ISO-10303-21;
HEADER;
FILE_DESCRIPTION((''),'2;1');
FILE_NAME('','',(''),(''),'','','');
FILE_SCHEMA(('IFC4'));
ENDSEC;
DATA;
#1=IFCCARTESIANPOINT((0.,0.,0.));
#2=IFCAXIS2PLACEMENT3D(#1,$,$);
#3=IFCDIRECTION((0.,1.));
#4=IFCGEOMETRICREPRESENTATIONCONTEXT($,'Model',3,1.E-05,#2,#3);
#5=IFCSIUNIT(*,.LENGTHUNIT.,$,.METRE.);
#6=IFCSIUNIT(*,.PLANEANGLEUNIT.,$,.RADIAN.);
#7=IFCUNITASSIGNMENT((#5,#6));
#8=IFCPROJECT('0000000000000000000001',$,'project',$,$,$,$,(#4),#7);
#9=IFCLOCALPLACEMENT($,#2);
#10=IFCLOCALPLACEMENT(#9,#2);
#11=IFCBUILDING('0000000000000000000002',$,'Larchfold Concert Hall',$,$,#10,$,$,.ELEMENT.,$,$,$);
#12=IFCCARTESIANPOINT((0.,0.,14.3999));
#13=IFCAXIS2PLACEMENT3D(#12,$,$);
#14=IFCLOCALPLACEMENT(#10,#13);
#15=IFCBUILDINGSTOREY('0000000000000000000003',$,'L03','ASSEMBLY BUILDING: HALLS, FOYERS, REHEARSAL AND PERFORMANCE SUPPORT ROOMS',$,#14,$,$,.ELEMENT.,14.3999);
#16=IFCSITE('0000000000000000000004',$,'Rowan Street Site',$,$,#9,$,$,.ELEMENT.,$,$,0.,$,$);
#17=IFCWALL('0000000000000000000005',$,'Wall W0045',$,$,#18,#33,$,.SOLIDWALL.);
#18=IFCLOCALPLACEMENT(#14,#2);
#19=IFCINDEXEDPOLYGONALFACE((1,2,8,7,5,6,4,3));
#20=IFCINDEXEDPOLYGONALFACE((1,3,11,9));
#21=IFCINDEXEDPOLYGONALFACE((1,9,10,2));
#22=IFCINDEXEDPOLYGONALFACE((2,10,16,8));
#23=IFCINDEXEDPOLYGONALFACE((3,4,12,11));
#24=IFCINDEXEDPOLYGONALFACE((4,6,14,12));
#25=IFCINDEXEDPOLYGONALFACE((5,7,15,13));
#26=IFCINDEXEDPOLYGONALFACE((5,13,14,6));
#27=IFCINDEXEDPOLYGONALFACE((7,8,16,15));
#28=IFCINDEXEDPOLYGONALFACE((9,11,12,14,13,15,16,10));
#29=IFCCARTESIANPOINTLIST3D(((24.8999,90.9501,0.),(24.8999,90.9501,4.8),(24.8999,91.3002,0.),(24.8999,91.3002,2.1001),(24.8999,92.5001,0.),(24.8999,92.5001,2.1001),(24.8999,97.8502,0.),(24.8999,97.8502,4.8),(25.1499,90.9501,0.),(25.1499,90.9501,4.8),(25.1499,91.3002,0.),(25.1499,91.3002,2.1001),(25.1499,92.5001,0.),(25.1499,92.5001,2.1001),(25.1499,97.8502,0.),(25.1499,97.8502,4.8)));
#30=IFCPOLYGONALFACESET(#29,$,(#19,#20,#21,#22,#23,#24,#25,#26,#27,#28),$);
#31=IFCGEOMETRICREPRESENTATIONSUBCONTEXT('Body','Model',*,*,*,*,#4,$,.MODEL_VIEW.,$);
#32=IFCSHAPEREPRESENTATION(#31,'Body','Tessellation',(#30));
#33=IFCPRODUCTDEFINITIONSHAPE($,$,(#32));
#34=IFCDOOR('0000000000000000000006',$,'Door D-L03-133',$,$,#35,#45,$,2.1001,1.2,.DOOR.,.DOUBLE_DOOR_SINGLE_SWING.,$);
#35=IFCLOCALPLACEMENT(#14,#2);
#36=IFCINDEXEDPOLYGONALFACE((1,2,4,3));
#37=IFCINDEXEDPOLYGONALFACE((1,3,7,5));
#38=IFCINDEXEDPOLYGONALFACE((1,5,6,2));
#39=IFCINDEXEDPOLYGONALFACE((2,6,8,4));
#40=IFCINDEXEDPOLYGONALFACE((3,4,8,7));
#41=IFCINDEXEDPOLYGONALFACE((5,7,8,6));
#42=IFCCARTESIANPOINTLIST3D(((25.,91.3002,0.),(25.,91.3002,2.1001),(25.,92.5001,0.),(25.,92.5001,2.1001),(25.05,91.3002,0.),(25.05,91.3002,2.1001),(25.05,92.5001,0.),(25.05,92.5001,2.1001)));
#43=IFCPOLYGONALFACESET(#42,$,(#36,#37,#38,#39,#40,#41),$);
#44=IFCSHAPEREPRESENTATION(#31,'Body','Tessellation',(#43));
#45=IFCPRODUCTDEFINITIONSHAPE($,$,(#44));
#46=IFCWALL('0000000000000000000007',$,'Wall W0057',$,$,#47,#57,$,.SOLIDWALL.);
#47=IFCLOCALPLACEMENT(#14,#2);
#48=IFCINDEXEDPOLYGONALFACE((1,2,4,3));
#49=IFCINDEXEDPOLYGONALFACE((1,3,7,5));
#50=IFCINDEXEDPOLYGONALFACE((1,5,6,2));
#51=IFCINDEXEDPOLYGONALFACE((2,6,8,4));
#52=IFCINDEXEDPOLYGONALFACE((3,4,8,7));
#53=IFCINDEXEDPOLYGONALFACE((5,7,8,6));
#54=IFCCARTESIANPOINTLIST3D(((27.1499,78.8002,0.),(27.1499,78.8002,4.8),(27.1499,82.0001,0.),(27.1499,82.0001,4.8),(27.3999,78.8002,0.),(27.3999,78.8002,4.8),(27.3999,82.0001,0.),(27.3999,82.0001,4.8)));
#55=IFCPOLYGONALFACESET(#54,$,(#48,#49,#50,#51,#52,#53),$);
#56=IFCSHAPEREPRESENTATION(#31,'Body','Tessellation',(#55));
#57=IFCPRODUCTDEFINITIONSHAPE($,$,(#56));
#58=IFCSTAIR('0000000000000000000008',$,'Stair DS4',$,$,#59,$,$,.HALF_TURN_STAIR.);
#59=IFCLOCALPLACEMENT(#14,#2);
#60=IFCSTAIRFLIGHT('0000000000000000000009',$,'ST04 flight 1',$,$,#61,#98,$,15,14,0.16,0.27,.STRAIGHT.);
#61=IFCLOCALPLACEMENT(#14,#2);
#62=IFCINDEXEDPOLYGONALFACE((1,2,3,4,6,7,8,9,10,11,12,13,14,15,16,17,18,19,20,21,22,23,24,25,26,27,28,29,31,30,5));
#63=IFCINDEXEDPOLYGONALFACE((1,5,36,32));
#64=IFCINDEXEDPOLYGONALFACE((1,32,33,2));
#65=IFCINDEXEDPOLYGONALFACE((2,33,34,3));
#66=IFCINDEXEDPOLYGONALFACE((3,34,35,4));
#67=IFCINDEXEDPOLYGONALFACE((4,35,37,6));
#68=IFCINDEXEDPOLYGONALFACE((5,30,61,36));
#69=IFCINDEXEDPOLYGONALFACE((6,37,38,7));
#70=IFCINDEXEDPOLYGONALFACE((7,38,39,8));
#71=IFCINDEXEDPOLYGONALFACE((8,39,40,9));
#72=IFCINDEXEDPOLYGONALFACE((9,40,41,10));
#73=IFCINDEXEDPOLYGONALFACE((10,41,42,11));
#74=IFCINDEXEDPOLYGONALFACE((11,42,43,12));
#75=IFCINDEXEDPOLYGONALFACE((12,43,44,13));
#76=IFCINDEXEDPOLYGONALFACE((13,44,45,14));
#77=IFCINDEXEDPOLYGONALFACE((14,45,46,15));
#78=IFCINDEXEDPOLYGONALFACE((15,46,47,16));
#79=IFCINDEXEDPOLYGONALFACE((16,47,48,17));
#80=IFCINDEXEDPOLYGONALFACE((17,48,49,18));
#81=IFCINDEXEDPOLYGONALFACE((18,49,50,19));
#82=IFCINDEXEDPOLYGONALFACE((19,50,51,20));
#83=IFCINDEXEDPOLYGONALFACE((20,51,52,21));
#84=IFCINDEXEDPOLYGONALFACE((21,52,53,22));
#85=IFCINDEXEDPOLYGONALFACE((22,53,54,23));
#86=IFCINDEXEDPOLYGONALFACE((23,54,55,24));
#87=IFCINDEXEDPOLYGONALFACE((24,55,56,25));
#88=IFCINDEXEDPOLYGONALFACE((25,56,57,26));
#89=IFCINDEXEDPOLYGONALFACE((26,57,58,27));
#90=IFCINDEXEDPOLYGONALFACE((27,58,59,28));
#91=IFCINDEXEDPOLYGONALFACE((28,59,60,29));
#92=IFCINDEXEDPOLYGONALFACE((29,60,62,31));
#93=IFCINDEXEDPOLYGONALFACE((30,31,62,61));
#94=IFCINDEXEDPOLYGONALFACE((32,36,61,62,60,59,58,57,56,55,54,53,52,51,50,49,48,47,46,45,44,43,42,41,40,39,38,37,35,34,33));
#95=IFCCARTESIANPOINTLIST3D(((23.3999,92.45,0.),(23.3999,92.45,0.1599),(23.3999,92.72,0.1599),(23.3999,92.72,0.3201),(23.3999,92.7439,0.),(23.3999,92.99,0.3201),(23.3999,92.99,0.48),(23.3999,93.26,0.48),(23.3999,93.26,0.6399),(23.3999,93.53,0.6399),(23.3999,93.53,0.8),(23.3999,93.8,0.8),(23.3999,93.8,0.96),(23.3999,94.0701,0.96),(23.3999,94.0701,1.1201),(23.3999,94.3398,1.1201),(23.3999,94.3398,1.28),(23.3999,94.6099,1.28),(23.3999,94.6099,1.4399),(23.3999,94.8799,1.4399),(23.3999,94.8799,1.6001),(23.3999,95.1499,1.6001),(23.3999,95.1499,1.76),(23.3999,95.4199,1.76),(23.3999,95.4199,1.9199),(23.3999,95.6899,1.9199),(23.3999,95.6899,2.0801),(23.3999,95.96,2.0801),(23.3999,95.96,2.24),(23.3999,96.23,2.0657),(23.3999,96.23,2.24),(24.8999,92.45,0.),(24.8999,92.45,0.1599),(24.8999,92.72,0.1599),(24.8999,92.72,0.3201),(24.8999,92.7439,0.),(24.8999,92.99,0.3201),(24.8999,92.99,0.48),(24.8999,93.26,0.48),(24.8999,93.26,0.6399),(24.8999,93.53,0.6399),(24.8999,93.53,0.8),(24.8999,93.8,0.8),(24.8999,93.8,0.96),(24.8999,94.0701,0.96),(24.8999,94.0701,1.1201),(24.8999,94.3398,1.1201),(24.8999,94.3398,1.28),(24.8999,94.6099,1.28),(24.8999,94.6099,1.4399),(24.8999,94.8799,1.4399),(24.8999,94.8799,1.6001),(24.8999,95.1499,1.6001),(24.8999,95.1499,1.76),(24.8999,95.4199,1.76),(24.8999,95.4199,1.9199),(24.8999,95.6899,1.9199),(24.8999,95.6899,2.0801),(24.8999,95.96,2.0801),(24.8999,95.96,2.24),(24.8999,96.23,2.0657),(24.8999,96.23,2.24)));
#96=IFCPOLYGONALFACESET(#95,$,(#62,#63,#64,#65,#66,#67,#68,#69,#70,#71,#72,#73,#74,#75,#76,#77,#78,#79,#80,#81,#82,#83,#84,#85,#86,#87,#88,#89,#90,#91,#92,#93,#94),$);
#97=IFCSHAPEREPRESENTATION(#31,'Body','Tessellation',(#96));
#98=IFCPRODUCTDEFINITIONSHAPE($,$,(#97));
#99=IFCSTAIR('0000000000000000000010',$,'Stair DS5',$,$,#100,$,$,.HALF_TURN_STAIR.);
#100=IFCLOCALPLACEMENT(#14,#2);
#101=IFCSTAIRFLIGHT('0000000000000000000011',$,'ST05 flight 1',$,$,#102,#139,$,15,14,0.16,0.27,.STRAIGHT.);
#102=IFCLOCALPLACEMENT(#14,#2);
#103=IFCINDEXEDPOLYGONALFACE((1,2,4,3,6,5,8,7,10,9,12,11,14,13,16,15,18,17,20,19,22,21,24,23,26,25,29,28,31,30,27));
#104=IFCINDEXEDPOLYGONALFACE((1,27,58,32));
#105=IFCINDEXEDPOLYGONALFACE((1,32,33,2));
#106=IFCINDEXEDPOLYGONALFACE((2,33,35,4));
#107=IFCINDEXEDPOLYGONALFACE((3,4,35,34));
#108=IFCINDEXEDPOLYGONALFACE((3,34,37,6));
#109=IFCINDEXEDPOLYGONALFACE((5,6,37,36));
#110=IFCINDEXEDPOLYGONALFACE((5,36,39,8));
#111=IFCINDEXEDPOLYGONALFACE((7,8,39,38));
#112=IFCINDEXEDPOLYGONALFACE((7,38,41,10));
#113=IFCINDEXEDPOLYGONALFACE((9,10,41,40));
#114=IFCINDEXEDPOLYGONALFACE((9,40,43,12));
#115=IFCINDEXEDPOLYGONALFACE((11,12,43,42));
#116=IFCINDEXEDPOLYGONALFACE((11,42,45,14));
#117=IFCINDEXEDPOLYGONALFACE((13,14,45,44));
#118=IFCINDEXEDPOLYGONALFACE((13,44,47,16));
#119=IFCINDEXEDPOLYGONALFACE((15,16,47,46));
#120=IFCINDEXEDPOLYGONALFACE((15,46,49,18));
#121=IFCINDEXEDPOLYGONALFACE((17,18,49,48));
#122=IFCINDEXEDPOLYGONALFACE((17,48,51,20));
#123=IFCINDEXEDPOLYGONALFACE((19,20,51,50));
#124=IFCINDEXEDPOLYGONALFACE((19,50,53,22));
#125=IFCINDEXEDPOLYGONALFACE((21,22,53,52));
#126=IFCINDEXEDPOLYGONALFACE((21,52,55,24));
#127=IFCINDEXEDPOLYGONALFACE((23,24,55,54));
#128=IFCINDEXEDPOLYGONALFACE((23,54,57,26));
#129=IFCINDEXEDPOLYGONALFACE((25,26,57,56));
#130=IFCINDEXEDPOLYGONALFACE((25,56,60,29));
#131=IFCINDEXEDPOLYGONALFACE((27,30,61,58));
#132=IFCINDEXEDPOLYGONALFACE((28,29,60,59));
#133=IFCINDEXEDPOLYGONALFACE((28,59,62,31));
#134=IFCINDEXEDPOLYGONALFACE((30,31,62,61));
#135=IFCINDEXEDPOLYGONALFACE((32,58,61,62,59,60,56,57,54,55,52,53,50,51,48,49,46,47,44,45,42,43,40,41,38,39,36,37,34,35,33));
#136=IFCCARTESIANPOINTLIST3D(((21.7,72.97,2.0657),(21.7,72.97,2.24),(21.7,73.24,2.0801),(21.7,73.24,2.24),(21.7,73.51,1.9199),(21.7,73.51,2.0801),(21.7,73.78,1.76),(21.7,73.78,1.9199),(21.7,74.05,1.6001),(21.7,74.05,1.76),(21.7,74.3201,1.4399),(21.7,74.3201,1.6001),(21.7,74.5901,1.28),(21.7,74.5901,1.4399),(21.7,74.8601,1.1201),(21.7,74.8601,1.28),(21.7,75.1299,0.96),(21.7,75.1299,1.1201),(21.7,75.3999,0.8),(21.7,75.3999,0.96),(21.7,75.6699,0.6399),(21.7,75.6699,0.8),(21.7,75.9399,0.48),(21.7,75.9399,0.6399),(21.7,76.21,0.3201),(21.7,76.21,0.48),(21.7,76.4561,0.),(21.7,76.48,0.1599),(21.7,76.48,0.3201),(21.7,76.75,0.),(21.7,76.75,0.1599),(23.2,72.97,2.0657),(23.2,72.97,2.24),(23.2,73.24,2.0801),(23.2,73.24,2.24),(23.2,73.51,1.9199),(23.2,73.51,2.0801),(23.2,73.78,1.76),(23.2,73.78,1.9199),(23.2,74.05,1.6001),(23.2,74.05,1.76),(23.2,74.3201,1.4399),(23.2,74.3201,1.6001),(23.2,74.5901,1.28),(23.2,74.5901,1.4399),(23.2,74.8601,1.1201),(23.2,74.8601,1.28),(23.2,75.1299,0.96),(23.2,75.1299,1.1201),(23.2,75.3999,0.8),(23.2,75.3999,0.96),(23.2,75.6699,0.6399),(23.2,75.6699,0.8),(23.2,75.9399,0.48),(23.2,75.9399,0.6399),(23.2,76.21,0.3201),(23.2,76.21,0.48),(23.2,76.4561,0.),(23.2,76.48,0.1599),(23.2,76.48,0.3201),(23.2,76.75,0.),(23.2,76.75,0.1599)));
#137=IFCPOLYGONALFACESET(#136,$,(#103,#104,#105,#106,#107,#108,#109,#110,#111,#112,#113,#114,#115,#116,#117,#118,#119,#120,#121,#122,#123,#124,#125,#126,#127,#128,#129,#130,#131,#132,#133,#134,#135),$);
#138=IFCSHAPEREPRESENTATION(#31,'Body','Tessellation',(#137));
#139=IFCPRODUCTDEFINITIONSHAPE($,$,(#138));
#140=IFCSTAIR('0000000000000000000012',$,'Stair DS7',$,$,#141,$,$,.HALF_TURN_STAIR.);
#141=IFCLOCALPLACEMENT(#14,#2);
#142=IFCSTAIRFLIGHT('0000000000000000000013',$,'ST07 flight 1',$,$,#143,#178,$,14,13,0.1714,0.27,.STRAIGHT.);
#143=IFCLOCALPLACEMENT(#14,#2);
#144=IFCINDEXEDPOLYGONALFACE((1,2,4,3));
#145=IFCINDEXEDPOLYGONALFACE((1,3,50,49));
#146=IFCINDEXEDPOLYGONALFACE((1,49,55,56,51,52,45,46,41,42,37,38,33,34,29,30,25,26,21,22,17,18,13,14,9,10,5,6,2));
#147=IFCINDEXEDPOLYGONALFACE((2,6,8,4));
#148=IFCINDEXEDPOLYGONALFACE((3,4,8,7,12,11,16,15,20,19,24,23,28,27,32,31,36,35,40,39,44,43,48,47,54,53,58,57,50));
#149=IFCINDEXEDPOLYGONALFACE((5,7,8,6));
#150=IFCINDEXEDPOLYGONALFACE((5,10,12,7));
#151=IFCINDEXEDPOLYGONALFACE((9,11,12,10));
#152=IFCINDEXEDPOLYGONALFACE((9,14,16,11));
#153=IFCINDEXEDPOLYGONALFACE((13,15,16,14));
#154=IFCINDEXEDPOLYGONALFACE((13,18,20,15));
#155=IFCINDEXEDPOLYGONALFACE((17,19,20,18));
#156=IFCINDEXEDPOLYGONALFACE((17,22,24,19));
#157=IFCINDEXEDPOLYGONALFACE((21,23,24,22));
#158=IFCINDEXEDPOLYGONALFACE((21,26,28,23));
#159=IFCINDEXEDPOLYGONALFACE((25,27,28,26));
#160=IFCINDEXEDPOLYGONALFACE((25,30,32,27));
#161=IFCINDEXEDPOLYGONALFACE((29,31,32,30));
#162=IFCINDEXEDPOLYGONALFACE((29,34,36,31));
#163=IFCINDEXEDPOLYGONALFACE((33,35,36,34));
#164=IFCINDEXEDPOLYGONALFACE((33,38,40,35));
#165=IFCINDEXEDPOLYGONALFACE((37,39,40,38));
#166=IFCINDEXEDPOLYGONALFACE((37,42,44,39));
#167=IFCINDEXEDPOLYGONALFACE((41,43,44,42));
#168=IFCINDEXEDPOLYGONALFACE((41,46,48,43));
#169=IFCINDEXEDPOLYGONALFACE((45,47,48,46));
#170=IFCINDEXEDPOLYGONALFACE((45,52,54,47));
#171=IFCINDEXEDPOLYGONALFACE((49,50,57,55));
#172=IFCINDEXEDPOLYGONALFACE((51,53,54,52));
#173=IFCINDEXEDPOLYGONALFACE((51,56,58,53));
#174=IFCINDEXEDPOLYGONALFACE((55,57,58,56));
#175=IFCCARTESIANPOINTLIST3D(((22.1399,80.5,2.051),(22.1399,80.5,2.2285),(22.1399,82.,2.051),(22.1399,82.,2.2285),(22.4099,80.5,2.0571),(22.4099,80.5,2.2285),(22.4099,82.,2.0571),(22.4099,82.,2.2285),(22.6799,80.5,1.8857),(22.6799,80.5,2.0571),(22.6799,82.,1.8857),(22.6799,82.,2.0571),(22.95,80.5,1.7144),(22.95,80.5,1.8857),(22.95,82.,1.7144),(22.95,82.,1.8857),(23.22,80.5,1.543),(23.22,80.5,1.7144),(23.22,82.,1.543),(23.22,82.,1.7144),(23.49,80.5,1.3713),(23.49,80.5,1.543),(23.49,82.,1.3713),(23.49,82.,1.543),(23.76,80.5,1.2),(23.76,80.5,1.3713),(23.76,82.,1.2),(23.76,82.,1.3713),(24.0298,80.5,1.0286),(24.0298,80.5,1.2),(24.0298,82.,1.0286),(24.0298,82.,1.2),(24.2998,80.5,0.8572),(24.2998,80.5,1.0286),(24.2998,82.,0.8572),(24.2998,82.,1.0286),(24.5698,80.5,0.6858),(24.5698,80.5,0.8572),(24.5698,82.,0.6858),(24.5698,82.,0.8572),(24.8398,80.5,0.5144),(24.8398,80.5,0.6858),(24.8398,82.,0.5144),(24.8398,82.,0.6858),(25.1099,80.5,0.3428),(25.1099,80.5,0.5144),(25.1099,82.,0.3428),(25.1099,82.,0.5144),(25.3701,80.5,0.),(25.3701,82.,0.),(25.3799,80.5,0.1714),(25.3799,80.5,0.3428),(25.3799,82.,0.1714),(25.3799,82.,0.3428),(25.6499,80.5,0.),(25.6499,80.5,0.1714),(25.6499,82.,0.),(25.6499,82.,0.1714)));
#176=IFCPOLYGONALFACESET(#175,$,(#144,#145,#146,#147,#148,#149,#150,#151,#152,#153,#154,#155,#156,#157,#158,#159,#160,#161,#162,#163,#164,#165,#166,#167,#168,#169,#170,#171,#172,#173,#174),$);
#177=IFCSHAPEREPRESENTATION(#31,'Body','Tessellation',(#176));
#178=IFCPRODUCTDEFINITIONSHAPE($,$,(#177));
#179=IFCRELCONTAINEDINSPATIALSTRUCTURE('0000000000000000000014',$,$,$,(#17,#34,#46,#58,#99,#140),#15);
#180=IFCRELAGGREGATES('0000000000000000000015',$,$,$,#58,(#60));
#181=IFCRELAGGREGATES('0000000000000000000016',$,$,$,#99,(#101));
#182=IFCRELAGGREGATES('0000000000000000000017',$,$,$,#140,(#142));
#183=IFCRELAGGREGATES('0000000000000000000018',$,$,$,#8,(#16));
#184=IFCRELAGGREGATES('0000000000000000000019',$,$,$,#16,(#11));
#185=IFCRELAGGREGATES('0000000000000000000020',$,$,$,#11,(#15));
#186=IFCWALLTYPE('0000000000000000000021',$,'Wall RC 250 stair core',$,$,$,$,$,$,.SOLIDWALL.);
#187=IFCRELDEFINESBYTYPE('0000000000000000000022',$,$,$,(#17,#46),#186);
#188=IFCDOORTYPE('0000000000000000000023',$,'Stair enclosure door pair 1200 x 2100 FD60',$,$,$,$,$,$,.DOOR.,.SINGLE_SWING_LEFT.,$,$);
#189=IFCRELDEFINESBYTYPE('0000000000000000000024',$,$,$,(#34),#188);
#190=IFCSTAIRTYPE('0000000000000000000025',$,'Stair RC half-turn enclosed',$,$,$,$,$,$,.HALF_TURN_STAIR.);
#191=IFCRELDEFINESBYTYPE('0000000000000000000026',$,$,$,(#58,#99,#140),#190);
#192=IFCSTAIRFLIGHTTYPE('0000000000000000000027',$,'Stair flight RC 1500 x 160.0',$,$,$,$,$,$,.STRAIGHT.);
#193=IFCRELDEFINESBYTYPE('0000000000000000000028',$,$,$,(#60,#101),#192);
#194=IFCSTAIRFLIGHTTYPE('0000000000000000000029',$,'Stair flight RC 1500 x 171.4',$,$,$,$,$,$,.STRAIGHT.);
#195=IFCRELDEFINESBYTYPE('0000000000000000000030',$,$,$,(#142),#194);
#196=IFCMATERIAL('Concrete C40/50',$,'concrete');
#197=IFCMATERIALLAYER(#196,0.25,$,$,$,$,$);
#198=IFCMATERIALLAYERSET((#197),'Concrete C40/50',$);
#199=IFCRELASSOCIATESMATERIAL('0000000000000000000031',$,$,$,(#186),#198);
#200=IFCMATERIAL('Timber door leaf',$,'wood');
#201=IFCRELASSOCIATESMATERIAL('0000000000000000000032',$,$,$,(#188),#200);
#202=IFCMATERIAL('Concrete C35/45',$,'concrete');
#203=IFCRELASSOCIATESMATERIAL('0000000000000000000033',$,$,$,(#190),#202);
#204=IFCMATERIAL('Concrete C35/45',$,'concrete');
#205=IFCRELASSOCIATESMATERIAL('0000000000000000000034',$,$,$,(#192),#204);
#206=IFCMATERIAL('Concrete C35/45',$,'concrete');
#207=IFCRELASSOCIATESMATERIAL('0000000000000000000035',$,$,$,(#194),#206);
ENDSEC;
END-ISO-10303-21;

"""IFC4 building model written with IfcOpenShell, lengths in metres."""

from ifc_helpers import new_model, si_unit, direction, frame, frame_2d, origin, place, context, subcontext, project, spatial, polyline, rectangle, outline, extrude, material, layer, layer_set, type_object, element, fill, aggregate, save


model = new_model("IFC4")

# Units and contexts
model_context = context("Model", 3, precision=1e-05, world=origin(), true_north=direction((0.0, 1.0)))
body_context = subcontext(model_context, "Body", "Model", "MODEL_VIEW")
ifc_project = project(units=[si_unit("LENGTHUNIT", "METRE"), si_unit("PLANEANGLEUNIT", "RADIAN")], contexts=[model_context])

# Site, building, storey
site_placement = place(None, origin())
site = spatial("IfcSite", under=ifc_project, at=site_placement, Name="Rowan Street Site", CompositionType="ELEMENT", RefElevation=0.0)
building_placement = place(site_placement, origin())
building = spatial("IfcBuilding", under=site, at=building_placement, Name="Larchfold Concert Hall", CompositionType="ELEMENT")
storey_placement = place(building_placement, frame((0.0, 0.0, 14.3999)))
storey = spatial("IfcBuildingStorey", under=building, at=storey_placement, Name="L03", Description="ASSEMBLY BUILDING: HALLS, FOYERS, REHEARSAL AND PERFORMANCE SUPPORT ROOMS", CompositionType="ELEMENT", Elevation=14.3999)

# Wall, opening, door
ifc_material_1 = material(Name="Concrete C40/50", Category="concrete")
ifc_layer_1 = layer(ifc_material_1, 0.25)
ifc_layer_set_1 = layer_set([ifc_layer_1], Name="Concrete C40/50")
wall_type_1 = type_object("IfcWallType", Name="Wall RC 250 stair core", PredefinedType="SOLIDWALL", material=ifc_layer_set_1)
wall_1_placement = place(storey_placement, frame((25.0249, 90.95, 0.0), z_axis=(0.0, 0.0, 1.0), x_axis=(0.0, 1.0, 0.0)))
wall_1 = element("IfcWall", 1, at=wall_1_placement, inside=storey, type_object=wall_type_1, Name="Wall W0045", PredefinedType="SOLIDWALL", context=body_context, shape_type="SweptSolid", body=[
    extrude(rectangle(XDim=6.9001, YDim=0.25, at=frame_2d((3.4502, 0.0))), origin(), (0.0, 0.0, 1.0), 4.8),
])
opening_placement = place(wall_1_placement, frame((0.3501, 0.0, 0.0)))
opening = element("IfcOpeningElement", 2, at=opening_placement, cuts=wall_1, PredefinedType="OPENING", context=body_context, shape_type="SweptSolid", body=[
    extrude(rectangle(XDim=1.2, YDim=2.1001, at=frame_2d((0.6001, 1.05))), frame((0.0, 0.135, 0.0), z_axis=(0.0, -1.0, 0.0), x_axis=(1.0, 0.0, 0.0)), (0.0, 0.0, 1.0), 0.27),
])
ifc_material_2 = material(Name="Timber door leaf", Category="wood")
door_type = type_object("IfcDoorType", Name="Stair enclosure door pair 1200 x 2100 FD60", OperationType="SINGLE_SWING_LEFT", PredefinedType="DOOR", material=ifc_material_2)
door_placement = place(opening_placement, origin())
door = element("IfcDoor", 3, at=door_placement, inside=storey, type_object=door_type, Name="Door D-L03-133", OperationType="DOUBLE_DOOR_SINGLE_SWING", OverallHeight=2.1001, OverallWidth=1.2, PredefinedType="DOOR", context=body_context, shape_type="SweptSolid", body=[
    extrude(rectangle(XDim=1.2, YDim=2.1001, at=frame_2d((0.6001, 1.05))), frame((0.0, 0.0249, 0.0), z_axis=(0.0, -1.0, 0.0), x_axis=(1.0, 0.0, 0.0)), (0.0, 0.0, 1.0), 0.05),
])
fill(opening, door)

# Wall
wall_2_placement = place(storey_placement, frame((27.2749, 78.8, 0.0), z_axis=(0.0, 0.0, 1.0), x_axis=(0.0, 1.0, 0.0)))
element("IfcWall", 4, at=wall_2_placement, inside=storey, type_object=wall_type_1, Name="Wall W0057", PredefinedType="SOLIDWALL", context=body_context, shape_type="SweptSolid", body=[
    extrude(rectangle(XDim=3.2, YDim=0.25, at=frame_2d((1.6001, 0.0))), origin(), (0.0, 0.0, 1.0), 4.8),
])

# Stairs, stair flights
ifc_material_3 = material(Name="Concrete C35/45", Category="concrete")
stair_type = type_object("IfcStairType", Name="Stair RC half-turn enclosed", PredefinedType="HALF_TURN_STAIR", material=ifc_material_3)
stair_1_placement = place(storey_placement, origin())
stair_1 = element("IfcStair", 5, at=stair_1_placement, inside=storey, type_object=stair_type, Name="Stair DS4", PredefinedType="HALF_TURN_STAIR")
ifc_material_4 = material(Name="Concrete C35/45", Category="concrete")
stair_flight_type_1 = type_object("IfcStairFlightType", Name="Stair flight RC 1500 x 160.0", PredefinedType="STRAIGHT", material=ifc_material_4)
stair_flight_1_placement = place(storey_placement, frame((24.1499, 92.45, 0.0), z_axis=(0.0, 0.0, 1.0), x_axis=(0.0, 1.0, 0.0)))
stair_flight_1 = element("IfcStairFlight", 6, at=stair_flight_1_placement, type_object=stair_flight_type_1, Name="ST04 flight 1", NumberOfRisers=15, NumberOfTreads=14, PredefinedType="STRAIGHT", RiserHeight=0.16, TreadLength=0.27, context=body_context, shape_type="SweptSolid", body=[
    extrude(outline(polyline([(0.0, 0.0), (0.0, 0.1599), (0.27, 0.1599), (0.27, 0.3201), (0.54, 0.3201), (0.54, 0.48), (0.8101, 0.48), (0.8101, 0.6399), (1.0801, 0.6399), (1.0801, 0.8), (1.3501, 0.8), (1.3501, 0.96), (1.6201, 0.96), (1.6201, 1.1201), (1.8899, 1.1201), (1.8899, 1.28), (2.1599, 1.28), (2.1599, 1.4399), (2.4299, 1.4399), (2.4299, 1.6001), (2.7, 1.6001), (2.7, 1.76), (2.97, 1.76), (2.97, 1.9199), (3.24, 1.9199), (3.24, 2.0801), (3.51, 2.0801), (3.51, 2.24), (3.78, 2.24), (3.78, 2.3999), (3.78, 2.0657), (0.2939, 0.0), (0.0, 0.0)])), frame((0.0, 0.75, 0.0), z_axis=(0.0, -1.0, 0.0), x_axis=(1.0, 0.0, 0.0)), (0.0, 0.0, 1.0), 1.5),
])
aggregate(stair_1, [stair_flight_1])
stair_2_placement = place(storey_placement, origin())
stair_2 = element("IfcStair", 7, at=stair_2_placement, inside=storey, type_object=stair_type, Name="Stair DS5", PredefinedType="HALF_TURN_STAIR")
stair_flight_2_placement = place(storey_placement, frame((22.45, 76.75, 0.0), z_axis=(0.0, 0.0, 1.0), x_axis=(0.0, -1.0, 0.0)))
stair_flight_2 = element("IfcStairFlight", 8, at=stair_flight_2_placement, type_object=stair_flight_type_1, Name="ST05 flight 1", NumberOfRisers=15, NumberOfTreads=14, PredefinedType="STRAIGHT", RiserHeight=0.16, TreadLength=0.27, context=body_context, shape_type="SweptSolid", body=[
    extrude(outline(polyline([(0.0, 0.0), (0.0, 0.1599), (0.27, 0.1599), (0.27, 0.3201), (0.54, 0.3201), (0.54, 0.48), (0.8101, 0.48), (0.8101, 0.6399), (1.0801, 0.6399), (1.0801, 0.8), (1.3501, 0.8), (1.3501, 0.96), (1.6201, 0.96), (1.6201, 1.1201), (1.8899, 1.1201), (1.8899, 1.28), (2.1599, 1.28), (2.1599, 1.4399), (2.4299, 1.4399), (2.4299, 1.6001), (2.7, 1.6001), (2.7, 1.76), (2.97, 1.76), (2.97, 1.9199), (3.24, 1.9199), (3.24, 2.0801), (3.51, 2.0801), (3.51, 2.24), (3.78, 2.24), (3.78, 2.3999), (3.78, 2.0657), (0.2939, 0.0), (0.0, 0.0)])), frame((0.0, 0.75, 0.0), z_axis=(0.0, -1.0, 0.0), x_axis=(1.0, 0.0, 0.0)), (0.0, 0.0, 1.0), 1.5),
])
aggregate(stair_2, [stair_flight_2])
stair_3_placement = place(storey_placement, origin())
stair_3 = element("IfcStair", 9, at=stair_3_placement, inside=storey, type_object=stair_type, Name="Stair DS7", PredefinedType="HALF_TURN_STAIR")
ifc_material_5 = material(Name="Concrete C35/45", Category="concrete")
stair_flight_type_2 = type_object("IfcStairFlightType", Name="Stair flight RC 1500 x 171.4", PredefinedType="STRAIGHT", material=ifc_material_5)
stair_flight_3_placement = place(storey_placement, frame((25.6499, 81.25, 0.0), z_axis=(0.0, 0.0, 1.0), x_axis=(-1.0, 0.0, 0.0)))
stair_flight_3 = element("IfcStairFlight", 10, at=stair_flight_3_placement, type_object=stair_flight_type_2, Name="ST07 flight 1", NumberOfRisers=14, NumberOfTreads=13, PredefinedType="STRAIGHT", RiserHeight=0.1714, TreadLength=0.27, context=body_context, shape_type="SweptSolid", body=[
    extrude(outline(polyline([(0.0, 0.0), (0.0, 0.1714), (0.27, 0.1714), (0.27, 0.3428), (0.54, 0.3428), (0.54, 0.5144), (0.8101, 0.5144), (0.8101, 0.6858), (1.0801, 0.6858), (1.0801, 0.8572), (1.3501, 0.8572), (1.3501, 1.0286), (1.6201, 1.0286), (1.6201, 1.2), (1.8899, 1.2), (1.8899, 1.3713), (2.1599, 1.3713), (2.1599, 1.543), (2.4299, 1.543), (2.4299, 1.7144), (2.7, 1.7144), (2.7, 1.8857), (2.97, 1.8857), (2.97, 2.0571), (3.24, 2.0571), (3.24, 2.2285), (3.51, 2.2285), (3.51, 2.3999), (3.51, 2.051), (0.2798, 0.0), (0.0, 0.0)])), frame((0.0, 0.75, 0.0), z_axis=(0.0, -1.0, 0.0), x_axis=(1.0, 0.0, 0.0)), (0.0, 0.0, 1.0), 1.5),
])
aggregate(stair_3, [stair_flight_3])

save(model, "model.ifc")
